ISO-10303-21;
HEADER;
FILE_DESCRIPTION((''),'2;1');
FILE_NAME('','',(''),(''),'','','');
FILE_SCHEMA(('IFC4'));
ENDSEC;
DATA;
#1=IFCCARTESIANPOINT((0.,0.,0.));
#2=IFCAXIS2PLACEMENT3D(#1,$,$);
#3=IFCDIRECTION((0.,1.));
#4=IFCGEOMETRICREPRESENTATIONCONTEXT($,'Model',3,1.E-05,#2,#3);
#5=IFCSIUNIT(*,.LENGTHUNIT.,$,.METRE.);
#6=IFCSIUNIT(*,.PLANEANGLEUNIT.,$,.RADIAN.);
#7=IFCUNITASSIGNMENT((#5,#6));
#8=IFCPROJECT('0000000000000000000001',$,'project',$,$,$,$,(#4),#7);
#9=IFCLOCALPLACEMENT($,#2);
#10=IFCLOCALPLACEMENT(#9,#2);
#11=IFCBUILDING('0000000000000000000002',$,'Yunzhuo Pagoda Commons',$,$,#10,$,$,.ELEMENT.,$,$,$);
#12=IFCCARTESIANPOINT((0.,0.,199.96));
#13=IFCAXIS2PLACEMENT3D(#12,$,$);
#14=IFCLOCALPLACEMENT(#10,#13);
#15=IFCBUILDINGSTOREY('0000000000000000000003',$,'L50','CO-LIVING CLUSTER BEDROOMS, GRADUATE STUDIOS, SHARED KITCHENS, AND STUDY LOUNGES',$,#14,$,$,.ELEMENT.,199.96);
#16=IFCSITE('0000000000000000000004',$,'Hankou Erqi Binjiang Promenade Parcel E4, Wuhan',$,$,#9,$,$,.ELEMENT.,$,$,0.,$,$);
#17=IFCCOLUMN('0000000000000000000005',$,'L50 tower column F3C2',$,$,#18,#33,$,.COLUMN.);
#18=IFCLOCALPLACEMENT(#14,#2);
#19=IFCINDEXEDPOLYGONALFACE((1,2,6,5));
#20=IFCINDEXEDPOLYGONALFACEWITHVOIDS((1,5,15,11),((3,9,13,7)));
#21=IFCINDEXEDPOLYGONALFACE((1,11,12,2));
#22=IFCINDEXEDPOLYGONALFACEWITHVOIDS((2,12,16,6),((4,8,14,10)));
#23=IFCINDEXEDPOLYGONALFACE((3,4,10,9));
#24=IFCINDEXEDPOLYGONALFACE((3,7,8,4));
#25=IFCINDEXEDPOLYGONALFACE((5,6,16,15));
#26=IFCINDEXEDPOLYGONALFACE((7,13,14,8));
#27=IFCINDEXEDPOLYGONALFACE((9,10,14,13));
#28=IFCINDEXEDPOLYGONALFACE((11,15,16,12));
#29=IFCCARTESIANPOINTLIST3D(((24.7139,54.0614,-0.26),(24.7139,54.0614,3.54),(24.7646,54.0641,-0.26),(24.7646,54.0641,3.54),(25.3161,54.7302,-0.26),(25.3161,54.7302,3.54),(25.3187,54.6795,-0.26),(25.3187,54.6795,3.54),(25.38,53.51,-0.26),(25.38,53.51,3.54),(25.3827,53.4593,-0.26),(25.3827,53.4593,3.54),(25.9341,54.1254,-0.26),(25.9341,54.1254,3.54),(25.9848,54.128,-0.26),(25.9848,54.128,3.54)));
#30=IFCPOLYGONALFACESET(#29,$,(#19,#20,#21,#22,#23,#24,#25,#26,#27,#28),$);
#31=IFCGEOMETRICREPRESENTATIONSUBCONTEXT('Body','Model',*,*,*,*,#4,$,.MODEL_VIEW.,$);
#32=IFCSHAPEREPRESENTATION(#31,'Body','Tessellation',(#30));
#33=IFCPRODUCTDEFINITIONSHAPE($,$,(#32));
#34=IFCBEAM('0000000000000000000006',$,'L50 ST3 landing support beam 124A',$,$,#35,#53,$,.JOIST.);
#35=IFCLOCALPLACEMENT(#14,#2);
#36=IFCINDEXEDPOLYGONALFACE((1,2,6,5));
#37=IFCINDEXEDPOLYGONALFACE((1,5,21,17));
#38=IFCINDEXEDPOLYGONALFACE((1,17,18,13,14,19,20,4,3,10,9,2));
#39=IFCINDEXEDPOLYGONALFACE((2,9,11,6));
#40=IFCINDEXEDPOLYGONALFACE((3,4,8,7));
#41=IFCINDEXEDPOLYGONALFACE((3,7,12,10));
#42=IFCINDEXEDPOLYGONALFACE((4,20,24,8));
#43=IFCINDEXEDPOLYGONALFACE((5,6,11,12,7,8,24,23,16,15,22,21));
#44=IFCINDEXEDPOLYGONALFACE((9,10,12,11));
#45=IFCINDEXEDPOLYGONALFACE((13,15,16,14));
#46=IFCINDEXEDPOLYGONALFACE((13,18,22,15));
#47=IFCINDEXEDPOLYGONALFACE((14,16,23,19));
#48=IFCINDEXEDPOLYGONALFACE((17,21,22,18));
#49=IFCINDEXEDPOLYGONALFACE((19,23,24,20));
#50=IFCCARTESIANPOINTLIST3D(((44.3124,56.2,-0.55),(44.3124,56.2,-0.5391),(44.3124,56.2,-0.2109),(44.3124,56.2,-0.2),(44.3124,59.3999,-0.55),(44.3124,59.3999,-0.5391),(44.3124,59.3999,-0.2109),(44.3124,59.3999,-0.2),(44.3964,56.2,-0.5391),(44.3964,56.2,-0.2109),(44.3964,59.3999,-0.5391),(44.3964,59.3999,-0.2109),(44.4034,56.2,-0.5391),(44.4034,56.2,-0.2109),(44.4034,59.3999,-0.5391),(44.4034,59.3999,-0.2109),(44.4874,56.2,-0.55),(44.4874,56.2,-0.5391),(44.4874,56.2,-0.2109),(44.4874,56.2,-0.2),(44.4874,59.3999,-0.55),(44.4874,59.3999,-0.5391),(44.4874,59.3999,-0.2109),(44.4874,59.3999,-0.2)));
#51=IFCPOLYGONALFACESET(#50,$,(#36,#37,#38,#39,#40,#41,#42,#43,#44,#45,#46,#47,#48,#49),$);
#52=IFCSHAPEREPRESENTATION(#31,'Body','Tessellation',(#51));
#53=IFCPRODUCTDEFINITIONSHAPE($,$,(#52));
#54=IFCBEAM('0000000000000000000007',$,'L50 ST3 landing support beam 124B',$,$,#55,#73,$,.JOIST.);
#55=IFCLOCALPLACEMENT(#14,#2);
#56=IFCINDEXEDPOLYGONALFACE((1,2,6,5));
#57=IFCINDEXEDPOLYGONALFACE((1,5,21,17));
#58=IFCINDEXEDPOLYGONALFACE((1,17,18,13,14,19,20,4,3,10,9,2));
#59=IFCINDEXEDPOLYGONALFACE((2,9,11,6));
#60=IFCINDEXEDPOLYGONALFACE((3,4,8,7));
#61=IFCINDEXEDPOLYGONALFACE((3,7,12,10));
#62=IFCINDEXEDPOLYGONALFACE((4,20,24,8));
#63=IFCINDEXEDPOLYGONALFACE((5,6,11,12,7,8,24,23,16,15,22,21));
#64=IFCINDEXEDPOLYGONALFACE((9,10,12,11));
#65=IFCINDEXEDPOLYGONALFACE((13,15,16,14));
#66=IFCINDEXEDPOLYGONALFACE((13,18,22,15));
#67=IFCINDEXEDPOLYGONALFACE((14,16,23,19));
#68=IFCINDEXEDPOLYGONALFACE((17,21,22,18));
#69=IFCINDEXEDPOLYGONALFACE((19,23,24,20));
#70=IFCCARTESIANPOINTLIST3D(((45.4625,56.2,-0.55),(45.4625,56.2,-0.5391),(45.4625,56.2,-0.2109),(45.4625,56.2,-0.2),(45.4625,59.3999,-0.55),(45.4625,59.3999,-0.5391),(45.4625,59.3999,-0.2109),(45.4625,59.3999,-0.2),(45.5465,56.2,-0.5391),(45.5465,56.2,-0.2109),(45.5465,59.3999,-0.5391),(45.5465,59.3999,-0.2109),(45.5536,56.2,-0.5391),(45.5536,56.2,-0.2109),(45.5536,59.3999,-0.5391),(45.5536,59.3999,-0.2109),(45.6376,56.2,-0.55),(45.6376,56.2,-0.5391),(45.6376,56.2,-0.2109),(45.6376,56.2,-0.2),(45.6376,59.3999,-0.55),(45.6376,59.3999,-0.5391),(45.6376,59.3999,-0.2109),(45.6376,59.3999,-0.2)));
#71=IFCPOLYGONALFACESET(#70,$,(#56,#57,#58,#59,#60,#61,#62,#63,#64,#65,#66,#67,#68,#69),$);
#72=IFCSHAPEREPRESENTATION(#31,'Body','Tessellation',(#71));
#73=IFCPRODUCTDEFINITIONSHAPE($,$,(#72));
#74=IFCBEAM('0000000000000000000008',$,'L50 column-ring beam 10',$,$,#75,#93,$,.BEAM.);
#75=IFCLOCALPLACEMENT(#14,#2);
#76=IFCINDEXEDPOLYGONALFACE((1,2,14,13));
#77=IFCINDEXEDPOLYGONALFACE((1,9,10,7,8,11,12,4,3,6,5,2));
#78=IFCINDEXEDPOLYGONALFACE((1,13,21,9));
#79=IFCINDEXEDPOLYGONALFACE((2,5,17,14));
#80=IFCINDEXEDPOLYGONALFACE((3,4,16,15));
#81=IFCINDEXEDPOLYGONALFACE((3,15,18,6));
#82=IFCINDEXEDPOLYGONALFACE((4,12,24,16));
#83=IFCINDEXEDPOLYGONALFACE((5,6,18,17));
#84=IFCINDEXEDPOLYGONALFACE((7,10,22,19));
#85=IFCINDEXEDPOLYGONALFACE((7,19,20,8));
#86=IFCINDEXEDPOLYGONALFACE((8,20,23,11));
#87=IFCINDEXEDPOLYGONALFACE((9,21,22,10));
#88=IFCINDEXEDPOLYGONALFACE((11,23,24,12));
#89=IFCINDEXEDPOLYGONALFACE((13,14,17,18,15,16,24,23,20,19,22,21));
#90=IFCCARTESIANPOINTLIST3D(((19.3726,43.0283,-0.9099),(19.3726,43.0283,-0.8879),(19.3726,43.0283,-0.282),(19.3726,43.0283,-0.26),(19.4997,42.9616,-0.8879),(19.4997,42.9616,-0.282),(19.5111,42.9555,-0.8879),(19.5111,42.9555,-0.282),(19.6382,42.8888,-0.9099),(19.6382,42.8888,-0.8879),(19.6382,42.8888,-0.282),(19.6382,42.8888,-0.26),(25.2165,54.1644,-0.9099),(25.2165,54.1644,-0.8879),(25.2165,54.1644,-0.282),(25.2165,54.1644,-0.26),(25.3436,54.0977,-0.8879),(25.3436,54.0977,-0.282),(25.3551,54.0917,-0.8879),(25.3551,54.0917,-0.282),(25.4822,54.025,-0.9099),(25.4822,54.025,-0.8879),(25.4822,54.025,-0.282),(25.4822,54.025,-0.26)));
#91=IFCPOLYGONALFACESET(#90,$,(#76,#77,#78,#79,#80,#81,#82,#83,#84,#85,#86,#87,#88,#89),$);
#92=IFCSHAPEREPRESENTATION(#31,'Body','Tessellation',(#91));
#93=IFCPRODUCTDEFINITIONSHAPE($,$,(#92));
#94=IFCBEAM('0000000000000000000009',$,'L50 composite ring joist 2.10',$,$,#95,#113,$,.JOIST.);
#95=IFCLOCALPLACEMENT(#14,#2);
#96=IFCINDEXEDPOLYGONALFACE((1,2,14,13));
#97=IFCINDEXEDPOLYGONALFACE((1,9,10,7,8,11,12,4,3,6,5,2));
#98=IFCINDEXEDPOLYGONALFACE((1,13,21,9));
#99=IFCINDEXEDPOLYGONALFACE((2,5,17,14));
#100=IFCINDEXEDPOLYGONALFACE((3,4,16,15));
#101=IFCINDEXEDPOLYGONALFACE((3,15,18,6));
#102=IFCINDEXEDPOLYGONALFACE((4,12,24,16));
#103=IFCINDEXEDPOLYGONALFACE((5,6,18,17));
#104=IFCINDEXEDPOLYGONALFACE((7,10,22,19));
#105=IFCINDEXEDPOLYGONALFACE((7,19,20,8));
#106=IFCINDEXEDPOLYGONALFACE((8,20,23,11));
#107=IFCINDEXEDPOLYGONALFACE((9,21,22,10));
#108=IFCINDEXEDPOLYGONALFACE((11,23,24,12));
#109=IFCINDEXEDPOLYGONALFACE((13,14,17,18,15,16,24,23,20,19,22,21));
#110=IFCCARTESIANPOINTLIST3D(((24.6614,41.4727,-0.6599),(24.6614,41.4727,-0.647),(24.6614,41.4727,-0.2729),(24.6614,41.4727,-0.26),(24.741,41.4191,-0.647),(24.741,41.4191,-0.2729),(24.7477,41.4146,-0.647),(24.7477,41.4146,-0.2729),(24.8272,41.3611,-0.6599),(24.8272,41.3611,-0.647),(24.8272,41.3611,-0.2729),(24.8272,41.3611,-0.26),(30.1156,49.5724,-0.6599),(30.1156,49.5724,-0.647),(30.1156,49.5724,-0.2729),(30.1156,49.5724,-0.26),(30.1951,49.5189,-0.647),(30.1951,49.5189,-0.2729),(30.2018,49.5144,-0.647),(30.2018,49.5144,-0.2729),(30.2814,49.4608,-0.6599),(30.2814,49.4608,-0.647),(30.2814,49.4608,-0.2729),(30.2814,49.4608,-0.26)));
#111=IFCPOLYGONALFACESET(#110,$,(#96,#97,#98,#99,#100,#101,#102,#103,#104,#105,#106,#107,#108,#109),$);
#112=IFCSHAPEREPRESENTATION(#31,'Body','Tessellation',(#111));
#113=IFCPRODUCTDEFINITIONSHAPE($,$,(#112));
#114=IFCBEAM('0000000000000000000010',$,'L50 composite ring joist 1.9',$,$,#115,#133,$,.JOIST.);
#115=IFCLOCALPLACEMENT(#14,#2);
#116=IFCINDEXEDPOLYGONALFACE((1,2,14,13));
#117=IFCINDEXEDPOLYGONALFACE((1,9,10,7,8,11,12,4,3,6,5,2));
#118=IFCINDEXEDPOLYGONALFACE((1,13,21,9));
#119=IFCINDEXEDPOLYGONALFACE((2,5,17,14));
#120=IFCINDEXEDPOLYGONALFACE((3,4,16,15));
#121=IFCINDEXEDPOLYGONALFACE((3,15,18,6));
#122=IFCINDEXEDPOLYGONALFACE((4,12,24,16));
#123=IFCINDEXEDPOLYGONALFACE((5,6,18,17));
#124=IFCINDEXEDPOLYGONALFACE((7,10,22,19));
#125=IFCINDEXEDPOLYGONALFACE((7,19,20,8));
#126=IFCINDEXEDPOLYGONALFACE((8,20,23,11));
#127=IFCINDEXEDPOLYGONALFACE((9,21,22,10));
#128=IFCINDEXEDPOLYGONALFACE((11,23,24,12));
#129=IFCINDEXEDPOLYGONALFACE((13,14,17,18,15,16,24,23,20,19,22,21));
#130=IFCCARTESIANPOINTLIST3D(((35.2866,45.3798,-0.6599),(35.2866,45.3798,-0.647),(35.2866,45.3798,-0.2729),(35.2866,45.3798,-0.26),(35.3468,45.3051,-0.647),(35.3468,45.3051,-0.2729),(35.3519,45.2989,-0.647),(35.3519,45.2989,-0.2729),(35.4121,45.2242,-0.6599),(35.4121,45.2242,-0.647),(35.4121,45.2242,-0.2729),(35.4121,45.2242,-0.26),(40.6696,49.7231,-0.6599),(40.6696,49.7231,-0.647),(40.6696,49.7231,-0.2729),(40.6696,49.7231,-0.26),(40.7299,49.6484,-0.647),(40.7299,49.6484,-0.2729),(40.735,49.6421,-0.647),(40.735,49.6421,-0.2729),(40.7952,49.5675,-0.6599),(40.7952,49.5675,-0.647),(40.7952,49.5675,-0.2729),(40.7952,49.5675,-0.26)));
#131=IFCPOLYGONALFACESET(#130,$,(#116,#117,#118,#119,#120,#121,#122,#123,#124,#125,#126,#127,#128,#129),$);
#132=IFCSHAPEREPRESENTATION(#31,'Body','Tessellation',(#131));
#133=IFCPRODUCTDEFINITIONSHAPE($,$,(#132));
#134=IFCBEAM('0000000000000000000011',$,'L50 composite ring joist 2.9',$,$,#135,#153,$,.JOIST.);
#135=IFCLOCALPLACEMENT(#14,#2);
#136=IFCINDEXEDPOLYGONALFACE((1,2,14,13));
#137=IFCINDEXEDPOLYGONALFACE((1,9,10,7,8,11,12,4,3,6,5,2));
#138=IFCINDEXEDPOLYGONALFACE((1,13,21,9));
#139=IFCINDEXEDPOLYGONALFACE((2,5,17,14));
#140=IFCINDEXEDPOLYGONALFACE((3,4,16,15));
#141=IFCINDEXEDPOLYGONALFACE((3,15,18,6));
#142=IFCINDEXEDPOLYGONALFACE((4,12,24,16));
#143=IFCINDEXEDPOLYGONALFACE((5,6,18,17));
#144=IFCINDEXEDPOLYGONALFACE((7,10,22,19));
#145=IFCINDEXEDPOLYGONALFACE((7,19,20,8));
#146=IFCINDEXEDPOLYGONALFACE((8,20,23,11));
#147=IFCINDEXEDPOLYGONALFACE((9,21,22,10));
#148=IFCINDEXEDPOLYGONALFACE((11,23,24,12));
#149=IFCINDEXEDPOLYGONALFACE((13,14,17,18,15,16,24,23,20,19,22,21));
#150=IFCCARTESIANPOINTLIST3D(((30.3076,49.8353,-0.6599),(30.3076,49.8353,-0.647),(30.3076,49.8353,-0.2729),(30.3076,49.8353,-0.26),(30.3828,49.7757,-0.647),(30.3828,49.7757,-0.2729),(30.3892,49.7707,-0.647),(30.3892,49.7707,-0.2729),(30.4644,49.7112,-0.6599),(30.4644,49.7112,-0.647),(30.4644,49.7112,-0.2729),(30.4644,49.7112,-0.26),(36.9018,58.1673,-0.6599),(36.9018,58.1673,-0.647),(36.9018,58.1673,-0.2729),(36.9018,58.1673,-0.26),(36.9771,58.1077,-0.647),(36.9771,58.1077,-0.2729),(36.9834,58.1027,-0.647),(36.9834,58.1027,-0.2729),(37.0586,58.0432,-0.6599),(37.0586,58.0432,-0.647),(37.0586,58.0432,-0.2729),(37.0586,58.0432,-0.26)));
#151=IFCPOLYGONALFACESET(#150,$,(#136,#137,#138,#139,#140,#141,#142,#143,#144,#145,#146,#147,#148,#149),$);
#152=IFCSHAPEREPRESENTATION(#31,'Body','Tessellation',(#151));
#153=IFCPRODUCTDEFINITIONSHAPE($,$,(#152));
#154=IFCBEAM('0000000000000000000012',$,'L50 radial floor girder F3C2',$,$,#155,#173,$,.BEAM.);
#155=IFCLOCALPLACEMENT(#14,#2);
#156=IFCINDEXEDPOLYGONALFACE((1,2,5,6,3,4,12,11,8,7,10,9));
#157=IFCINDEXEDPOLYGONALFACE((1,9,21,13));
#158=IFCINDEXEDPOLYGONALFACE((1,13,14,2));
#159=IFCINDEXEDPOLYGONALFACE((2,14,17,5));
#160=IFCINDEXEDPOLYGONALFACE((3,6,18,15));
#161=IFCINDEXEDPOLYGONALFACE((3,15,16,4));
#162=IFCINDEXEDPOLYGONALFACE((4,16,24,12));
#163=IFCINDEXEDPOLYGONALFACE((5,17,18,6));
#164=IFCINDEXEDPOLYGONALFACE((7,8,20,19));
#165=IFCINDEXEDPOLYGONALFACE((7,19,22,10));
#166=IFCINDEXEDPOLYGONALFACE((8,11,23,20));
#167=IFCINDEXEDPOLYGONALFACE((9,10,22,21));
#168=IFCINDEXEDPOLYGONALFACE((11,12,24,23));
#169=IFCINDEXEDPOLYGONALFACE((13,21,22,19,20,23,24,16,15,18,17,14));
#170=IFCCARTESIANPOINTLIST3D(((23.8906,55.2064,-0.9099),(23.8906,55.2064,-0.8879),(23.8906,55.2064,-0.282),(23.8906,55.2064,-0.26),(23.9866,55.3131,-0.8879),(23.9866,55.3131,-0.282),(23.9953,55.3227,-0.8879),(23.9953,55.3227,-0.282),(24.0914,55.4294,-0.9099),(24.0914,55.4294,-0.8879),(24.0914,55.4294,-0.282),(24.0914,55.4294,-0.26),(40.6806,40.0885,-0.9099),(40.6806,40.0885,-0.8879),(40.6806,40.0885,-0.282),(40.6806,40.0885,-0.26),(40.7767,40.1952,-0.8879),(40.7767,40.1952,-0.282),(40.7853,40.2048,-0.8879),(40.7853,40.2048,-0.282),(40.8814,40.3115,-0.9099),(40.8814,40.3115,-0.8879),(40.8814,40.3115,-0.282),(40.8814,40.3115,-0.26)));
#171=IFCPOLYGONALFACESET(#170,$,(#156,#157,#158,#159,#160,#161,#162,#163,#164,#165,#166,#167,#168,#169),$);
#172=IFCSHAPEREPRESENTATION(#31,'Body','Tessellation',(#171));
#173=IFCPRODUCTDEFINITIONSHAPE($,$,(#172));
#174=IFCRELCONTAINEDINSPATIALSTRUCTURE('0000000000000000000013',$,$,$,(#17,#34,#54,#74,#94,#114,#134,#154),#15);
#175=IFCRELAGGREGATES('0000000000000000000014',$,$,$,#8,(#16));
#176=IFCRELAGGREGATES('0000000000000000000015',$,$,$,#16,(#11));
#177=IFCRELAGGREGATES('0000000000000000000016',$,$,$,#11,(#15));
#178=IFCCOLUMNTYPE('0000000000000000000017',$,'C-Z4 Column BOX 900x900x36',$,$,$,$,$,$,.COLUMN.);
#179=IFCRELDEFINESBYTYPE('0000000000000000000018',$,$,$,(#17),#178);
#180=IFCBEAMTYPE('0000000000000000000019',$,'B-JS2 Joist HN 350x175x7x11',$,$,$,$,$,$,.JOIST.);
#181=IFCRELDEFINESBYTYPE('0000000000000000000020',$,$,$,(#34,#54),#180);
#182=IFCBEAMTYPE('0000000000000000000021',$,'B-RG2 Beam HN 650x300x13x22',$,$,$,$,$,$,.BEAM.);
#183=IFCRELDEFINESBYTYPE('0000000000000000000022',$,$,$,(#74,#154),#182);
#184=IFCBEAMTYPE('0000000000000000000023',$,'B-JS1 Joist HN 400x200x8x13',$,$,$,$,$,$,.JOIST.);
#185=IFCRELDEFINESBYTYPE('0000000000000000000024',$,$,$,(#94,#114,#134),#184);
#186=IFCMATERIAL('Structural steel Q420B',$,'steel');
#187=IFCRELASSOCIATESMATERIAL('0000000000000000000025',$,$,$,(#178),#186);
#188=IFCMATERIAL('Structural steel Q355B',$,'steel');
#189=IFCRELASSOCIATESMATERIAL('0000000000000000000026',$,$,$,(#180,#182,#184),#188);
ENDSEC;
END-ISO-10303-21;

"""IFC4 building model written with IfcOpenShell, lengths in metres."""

from ifc_helpers import new_model, si_unit, direction, frame, origin, origin_2d, place, context, subcontext, project, spatial, hollow_rectangle, i_section, extrude, source, transform, mapped, material, material_profile, profile_set, type_object, element, save


model = new_model("IFC4")

# Units and contexts
model_context = context("Model", 3, precision=1e-05, world=origin(), true_north=direction((0.0, 1.0)))
body_context = subcontext(model_context, "Body", "Model", "MODEL_VIEW")
ifc_project = project(units=[si_unit("LENGTHUNIT", "METRE"), si_unit("PLANEANGLEUNIT", "RADIAN")], contexts=[model_context])

# Site, building, storey
site_placement = place(None, origin())
site = spatial("IfcSite", under=ifc_project, at=site_placement, Name="Hankou Erqi Binjiang Promenade Parcel E4, Wuhan", CompositionType="ELEMENT", RefElevation=0.0)
building_placement = place(site_placement, origin())
building = spatial("IfcBuilding", under=site, at=building_placement, Name="Yunzhuo Pagoda Commons", CompositionType="ELEMENT")
storey_placement = place(building_placement, frame((0.0, 0.0, 199.96)))
storey = spatial("IfcBuildingStorey", under=building, at=storey_placement, Name="L50", Description="CO-LIVING CLUSTER BEDROOMS, GRADUATE STUDIOS, SHARED KITCHENS, AND STUDY LOUNGES", CompositionType="ELEMENT", Elevation=199.96)

# Column
ifc_material_1 = material(Name="Structural steel Q420B", Category="steel")
ifc_material_profile_1 = material_profile(ifc_material_1, hollow_rectangle(XDim=0.8999, YDim=0.8999, WallThickness=0.0359, at=origin_2d()), Name="Structural steel Q420B")
ifc_profile_set_1 = profile_set([ifc_material_profile_1], Name="Structural steel Q420B")
column_type = type_object("IfcColumnType", Name="C-Z4 Column BOX 900x900x36", PredefinedType="COLUMN", material=ifc_profile_set_1)
shared_shape_1 = source(origin(), body_context, "Body", "SweptSolid", [
    extrude(hollow_rectangle(XDim=0.8999, YDim=0.8999, WallThickness=0.0359, at=origin_2d()), origin(), (0.0, 0.0, 1.0), 3.8),
])
column_placement = place(storey_placement, frame((25.3494, 54.0947, -0.26), z_axis=(0.0, 0.0, 1.0), x_axis=(-0.669131, -0.743145, 0.0)))
element("IfcColumn", 1, at=column_placement, inside=storey, type_object=column_type, Name="L50 tower column F3C2", PredefinedType="COLUMN", context=body_context, shape_type="MappedRepresentation", body=[
    mapped(shared_shape_1, transform((0.0, 0.0, 0.0), scale=1.0)),
])

# Beams
ifc_material_2 = material(Name="Structural steel Q355B", Category="steel")
ifc_material_profile_2 = material_profile(ifc_material_2, i_section(OverallWidth=0.175, OverallDepth=0.3501, WebThickness=0.0071, FlangeThickness=0.011, at=origin_2d()), Name="Structural steel Q355B")
ifc_profile_set_2 = profile_set([ifc_material_profile_2], Name="Structural steel Q355B")
beam_type_1 = type_object("IfcBeamType", Name="B-JS2 Joist HN 350x175x7x11", PredefinedType="JOIST", material=ifc_profile_set_2)
shared_shape_2 = source(origin(), body_context, "Body", "SweptSolid", [
    extrude(i_section(OverallWidth=0.175, OverallDepth=0.3501, WebThickness=0.0071, FlangeThickness=0.011, at=origin_2d()), origin(), (0.0, 0.0, 1.0), 3.2),
])
for number, where, z_axis, x_axis, name in (
    (2, (44.3999, 56.2, -0.375), (0.0, 1.0, 0.0), (-1.0, 0.0, 0.0), "L50 ST3 landing support beam 124A"),
    (3, (45.55, 56.2, -0.375), (0.0, 1.0, 0.0), (-1.0, 0.0, 0.0), "L50 ST3 landing support beam 124B"),
):
    element("IfcBeam", number, at=place(storey_placement, frame(where, z_axis=z_axis, x_axis=x_axis)), inside=storey, type_object=beam_type_1, Name=name, PredefinedType="JOIST", context=body_context, shape_type="MappedRepresentation", body=[
        mapped(shared_shape_2, transform((0.0, 0.0, 0.0), scale=1.0)),
    ])
ifc_material_profile_3 = material_profile(ifc_material_2, i_section(OverallWidth=0.3, OverallDepth=0.6499, WebThickness=0.0129, FlangeThickness=0.022, at=origin_2d()), Name="Structural steel Q355B")
ifc_profile_set_3 = profile_set([ifc_material_profile_3], Name="Structural steel Q355B")
beam_type_2 = type_object("IfcBeamType", Name="B-RG2 Beam HN 650x300x13x22", PredefinedType="BEAM", material=ifc_profile_set_3)
shared_shape_3 = source(origin(), body_context, "Body", "SweptSolid", [
    extrude(i_section(OverallWidth=0.3, OverallDepth=0.6499, WebThickness=0.0129, FlangeThickness=0.022, at=origin_2d()), origin(), (0.0, 0.0, 1.0), 12.5764),
])
beam_1_placement = place(storey_placement, frame((25.3494, 54.0947, -0.585), z_axis=(-0.464676, -0.885481, 0.0), x_axis=(0.885481, -0.464676, 0.0)))
element("IfcBeam", 4, at=beam_1_placement, inside=storey, type_object=beam_type_2, Name="L50 column-ring beam 10", PredefinedType="BEAM", context=body_context, shape_type="MappedRepresentation", body=[
    mapped(shared_shape_3, transform((0.0, 0.0, 0.0), scale=1.0)),
])
ifc_material_profile_4 = material_profile(ifc_material_2, i_section(OverallWidth=0.2, OverallDepth=0.3999, WebThickness=0.0081, FlangeThickness=0.0129, at=origin_2d()), Name="Structural steel Q355B")
ifc_profile_set_4 = profile_set([ifc_material_profile_4], Name="Structural steel Q355B")
beam_type_3 = type_object("IfcBeamType", Name="B-JS1 Joist HN 400x200x8x13", PredefinedType="JOIST", material=ifc_profile_set_4)
shared_shape_4 = source(origin(), body_context, "Body", "SweptSolid", [
    extrude(i_section(OverallWidth=0.2, OverallDepth=0.3999, WebThickness=0.0081, FlangeThickness=0.0129, at=origin_2d()), origin(), (0.0, 0.0, 1.0), 9.7649),
])
beam_2_placement = place(storey_placement, frame((30.1985, 49.5166, -0.46), z_axis=(-0.558548, -0.829472, 0.0), x_axis=(0.829472, -0.558548, 0.0)))
element("IfcBeam", 5, at=beam_2_placement, inside=storey, type_object=beam_type_3, Name="L50 composite ring joist 2.10", PredefinedType="JOIST", context=body_context, shape_type="MappedRepresentation", body=[
    mapped(shared_shape_4, transform((0.0, 0.0, 0.0), scale=1.0)),
])
shared_shape_5 = source(origin(), body_context, "Body", "SweptSolid", [
    extrude(i_section(OverallWidth=0.2, OverallDepth=0.3999, WebThickness=0.0081, FlangeThickness=0.0129, at=origin_2d()), origin(), (0.0, 0.0, 1.0), 6.9167),
])
beam_3_placement = place(storey_placement, frame((40.7324, 49.6453, -0.46), z_axis=(-0.778266, -0.627935, 0.0), x_axis=(0.627935, -0.778266, 0.0)))
element("IfcBeam", 6, at=beam_3_placement, inside=storey, type_object=beam_type_3, Name="L50 composite ring joist 1.9", PredefinedType="JOIST", context=body_context, shape_type="MappedRepresentation", body=[
    mapped(shared_shape_5, transform((0.0, 0.0, 0.0), scale=1.0)),
])
shared_shape_6 = source(origin(), body_context, "Body", "SweptSolid", [
    extrude(i_section(OverallWidth=0.2, OverallDepth=0.3999, WebThickness=0.0081, FlangeThickness=0.0129, at=origin_2d()), origin(), (0.0, 0.0, 1.0), 10.6257),
])
beam_4_placement = place(storey_placement, frame((36.9802, 58.1052, -0.46), z_axis=(-0.62059, -0.784135, 0.0), x_axis=(0.784135, -0.62059, 0.0)))
element("IfcBeam", 7, at=beam_4_placement, inside=storey, type_object=beam_type_3, Name="L50 composite ring joist 2.9", PredefinedType="JOIST", context=body_context, shape_type="MappedRepresentation", body=[
    mapped(shared_shape_6, transform((0.0, 0.0, 0.0), scale=1.0)),
])
shared_shape_7 = source(origin(), body_context, "Body", "SweptSolid", [
    extrude(i_section(OverallWidth=0.3, OverallDepth=0.6499, WebThickness=0.0129, FlangeThickness=0.022, at=origin_2d()), origin(), (0.0, 0.0, 1.0), 22.5933),
])
beam_5_placement = place(storey_placement, frame((23.991, 55.3179, -0.585), z_axis=(0.743143, -0.669133, 0.0), x_axis=(0.669133, 0.743143, 0.0)))
element("IfcBeam", 8, at=beam_5_placement, inside=storey, type_object=beam_type_2, Name="L50 radial floor girder F3C2", PredefinedType="BEAM", context=body_context, shape_type="MappedRepresentation", body=[
    mapped(shared_shape_7, transform((0.0, 0.0, 0.0), scale=1.0)),
])

save(model, "model.ifc")
